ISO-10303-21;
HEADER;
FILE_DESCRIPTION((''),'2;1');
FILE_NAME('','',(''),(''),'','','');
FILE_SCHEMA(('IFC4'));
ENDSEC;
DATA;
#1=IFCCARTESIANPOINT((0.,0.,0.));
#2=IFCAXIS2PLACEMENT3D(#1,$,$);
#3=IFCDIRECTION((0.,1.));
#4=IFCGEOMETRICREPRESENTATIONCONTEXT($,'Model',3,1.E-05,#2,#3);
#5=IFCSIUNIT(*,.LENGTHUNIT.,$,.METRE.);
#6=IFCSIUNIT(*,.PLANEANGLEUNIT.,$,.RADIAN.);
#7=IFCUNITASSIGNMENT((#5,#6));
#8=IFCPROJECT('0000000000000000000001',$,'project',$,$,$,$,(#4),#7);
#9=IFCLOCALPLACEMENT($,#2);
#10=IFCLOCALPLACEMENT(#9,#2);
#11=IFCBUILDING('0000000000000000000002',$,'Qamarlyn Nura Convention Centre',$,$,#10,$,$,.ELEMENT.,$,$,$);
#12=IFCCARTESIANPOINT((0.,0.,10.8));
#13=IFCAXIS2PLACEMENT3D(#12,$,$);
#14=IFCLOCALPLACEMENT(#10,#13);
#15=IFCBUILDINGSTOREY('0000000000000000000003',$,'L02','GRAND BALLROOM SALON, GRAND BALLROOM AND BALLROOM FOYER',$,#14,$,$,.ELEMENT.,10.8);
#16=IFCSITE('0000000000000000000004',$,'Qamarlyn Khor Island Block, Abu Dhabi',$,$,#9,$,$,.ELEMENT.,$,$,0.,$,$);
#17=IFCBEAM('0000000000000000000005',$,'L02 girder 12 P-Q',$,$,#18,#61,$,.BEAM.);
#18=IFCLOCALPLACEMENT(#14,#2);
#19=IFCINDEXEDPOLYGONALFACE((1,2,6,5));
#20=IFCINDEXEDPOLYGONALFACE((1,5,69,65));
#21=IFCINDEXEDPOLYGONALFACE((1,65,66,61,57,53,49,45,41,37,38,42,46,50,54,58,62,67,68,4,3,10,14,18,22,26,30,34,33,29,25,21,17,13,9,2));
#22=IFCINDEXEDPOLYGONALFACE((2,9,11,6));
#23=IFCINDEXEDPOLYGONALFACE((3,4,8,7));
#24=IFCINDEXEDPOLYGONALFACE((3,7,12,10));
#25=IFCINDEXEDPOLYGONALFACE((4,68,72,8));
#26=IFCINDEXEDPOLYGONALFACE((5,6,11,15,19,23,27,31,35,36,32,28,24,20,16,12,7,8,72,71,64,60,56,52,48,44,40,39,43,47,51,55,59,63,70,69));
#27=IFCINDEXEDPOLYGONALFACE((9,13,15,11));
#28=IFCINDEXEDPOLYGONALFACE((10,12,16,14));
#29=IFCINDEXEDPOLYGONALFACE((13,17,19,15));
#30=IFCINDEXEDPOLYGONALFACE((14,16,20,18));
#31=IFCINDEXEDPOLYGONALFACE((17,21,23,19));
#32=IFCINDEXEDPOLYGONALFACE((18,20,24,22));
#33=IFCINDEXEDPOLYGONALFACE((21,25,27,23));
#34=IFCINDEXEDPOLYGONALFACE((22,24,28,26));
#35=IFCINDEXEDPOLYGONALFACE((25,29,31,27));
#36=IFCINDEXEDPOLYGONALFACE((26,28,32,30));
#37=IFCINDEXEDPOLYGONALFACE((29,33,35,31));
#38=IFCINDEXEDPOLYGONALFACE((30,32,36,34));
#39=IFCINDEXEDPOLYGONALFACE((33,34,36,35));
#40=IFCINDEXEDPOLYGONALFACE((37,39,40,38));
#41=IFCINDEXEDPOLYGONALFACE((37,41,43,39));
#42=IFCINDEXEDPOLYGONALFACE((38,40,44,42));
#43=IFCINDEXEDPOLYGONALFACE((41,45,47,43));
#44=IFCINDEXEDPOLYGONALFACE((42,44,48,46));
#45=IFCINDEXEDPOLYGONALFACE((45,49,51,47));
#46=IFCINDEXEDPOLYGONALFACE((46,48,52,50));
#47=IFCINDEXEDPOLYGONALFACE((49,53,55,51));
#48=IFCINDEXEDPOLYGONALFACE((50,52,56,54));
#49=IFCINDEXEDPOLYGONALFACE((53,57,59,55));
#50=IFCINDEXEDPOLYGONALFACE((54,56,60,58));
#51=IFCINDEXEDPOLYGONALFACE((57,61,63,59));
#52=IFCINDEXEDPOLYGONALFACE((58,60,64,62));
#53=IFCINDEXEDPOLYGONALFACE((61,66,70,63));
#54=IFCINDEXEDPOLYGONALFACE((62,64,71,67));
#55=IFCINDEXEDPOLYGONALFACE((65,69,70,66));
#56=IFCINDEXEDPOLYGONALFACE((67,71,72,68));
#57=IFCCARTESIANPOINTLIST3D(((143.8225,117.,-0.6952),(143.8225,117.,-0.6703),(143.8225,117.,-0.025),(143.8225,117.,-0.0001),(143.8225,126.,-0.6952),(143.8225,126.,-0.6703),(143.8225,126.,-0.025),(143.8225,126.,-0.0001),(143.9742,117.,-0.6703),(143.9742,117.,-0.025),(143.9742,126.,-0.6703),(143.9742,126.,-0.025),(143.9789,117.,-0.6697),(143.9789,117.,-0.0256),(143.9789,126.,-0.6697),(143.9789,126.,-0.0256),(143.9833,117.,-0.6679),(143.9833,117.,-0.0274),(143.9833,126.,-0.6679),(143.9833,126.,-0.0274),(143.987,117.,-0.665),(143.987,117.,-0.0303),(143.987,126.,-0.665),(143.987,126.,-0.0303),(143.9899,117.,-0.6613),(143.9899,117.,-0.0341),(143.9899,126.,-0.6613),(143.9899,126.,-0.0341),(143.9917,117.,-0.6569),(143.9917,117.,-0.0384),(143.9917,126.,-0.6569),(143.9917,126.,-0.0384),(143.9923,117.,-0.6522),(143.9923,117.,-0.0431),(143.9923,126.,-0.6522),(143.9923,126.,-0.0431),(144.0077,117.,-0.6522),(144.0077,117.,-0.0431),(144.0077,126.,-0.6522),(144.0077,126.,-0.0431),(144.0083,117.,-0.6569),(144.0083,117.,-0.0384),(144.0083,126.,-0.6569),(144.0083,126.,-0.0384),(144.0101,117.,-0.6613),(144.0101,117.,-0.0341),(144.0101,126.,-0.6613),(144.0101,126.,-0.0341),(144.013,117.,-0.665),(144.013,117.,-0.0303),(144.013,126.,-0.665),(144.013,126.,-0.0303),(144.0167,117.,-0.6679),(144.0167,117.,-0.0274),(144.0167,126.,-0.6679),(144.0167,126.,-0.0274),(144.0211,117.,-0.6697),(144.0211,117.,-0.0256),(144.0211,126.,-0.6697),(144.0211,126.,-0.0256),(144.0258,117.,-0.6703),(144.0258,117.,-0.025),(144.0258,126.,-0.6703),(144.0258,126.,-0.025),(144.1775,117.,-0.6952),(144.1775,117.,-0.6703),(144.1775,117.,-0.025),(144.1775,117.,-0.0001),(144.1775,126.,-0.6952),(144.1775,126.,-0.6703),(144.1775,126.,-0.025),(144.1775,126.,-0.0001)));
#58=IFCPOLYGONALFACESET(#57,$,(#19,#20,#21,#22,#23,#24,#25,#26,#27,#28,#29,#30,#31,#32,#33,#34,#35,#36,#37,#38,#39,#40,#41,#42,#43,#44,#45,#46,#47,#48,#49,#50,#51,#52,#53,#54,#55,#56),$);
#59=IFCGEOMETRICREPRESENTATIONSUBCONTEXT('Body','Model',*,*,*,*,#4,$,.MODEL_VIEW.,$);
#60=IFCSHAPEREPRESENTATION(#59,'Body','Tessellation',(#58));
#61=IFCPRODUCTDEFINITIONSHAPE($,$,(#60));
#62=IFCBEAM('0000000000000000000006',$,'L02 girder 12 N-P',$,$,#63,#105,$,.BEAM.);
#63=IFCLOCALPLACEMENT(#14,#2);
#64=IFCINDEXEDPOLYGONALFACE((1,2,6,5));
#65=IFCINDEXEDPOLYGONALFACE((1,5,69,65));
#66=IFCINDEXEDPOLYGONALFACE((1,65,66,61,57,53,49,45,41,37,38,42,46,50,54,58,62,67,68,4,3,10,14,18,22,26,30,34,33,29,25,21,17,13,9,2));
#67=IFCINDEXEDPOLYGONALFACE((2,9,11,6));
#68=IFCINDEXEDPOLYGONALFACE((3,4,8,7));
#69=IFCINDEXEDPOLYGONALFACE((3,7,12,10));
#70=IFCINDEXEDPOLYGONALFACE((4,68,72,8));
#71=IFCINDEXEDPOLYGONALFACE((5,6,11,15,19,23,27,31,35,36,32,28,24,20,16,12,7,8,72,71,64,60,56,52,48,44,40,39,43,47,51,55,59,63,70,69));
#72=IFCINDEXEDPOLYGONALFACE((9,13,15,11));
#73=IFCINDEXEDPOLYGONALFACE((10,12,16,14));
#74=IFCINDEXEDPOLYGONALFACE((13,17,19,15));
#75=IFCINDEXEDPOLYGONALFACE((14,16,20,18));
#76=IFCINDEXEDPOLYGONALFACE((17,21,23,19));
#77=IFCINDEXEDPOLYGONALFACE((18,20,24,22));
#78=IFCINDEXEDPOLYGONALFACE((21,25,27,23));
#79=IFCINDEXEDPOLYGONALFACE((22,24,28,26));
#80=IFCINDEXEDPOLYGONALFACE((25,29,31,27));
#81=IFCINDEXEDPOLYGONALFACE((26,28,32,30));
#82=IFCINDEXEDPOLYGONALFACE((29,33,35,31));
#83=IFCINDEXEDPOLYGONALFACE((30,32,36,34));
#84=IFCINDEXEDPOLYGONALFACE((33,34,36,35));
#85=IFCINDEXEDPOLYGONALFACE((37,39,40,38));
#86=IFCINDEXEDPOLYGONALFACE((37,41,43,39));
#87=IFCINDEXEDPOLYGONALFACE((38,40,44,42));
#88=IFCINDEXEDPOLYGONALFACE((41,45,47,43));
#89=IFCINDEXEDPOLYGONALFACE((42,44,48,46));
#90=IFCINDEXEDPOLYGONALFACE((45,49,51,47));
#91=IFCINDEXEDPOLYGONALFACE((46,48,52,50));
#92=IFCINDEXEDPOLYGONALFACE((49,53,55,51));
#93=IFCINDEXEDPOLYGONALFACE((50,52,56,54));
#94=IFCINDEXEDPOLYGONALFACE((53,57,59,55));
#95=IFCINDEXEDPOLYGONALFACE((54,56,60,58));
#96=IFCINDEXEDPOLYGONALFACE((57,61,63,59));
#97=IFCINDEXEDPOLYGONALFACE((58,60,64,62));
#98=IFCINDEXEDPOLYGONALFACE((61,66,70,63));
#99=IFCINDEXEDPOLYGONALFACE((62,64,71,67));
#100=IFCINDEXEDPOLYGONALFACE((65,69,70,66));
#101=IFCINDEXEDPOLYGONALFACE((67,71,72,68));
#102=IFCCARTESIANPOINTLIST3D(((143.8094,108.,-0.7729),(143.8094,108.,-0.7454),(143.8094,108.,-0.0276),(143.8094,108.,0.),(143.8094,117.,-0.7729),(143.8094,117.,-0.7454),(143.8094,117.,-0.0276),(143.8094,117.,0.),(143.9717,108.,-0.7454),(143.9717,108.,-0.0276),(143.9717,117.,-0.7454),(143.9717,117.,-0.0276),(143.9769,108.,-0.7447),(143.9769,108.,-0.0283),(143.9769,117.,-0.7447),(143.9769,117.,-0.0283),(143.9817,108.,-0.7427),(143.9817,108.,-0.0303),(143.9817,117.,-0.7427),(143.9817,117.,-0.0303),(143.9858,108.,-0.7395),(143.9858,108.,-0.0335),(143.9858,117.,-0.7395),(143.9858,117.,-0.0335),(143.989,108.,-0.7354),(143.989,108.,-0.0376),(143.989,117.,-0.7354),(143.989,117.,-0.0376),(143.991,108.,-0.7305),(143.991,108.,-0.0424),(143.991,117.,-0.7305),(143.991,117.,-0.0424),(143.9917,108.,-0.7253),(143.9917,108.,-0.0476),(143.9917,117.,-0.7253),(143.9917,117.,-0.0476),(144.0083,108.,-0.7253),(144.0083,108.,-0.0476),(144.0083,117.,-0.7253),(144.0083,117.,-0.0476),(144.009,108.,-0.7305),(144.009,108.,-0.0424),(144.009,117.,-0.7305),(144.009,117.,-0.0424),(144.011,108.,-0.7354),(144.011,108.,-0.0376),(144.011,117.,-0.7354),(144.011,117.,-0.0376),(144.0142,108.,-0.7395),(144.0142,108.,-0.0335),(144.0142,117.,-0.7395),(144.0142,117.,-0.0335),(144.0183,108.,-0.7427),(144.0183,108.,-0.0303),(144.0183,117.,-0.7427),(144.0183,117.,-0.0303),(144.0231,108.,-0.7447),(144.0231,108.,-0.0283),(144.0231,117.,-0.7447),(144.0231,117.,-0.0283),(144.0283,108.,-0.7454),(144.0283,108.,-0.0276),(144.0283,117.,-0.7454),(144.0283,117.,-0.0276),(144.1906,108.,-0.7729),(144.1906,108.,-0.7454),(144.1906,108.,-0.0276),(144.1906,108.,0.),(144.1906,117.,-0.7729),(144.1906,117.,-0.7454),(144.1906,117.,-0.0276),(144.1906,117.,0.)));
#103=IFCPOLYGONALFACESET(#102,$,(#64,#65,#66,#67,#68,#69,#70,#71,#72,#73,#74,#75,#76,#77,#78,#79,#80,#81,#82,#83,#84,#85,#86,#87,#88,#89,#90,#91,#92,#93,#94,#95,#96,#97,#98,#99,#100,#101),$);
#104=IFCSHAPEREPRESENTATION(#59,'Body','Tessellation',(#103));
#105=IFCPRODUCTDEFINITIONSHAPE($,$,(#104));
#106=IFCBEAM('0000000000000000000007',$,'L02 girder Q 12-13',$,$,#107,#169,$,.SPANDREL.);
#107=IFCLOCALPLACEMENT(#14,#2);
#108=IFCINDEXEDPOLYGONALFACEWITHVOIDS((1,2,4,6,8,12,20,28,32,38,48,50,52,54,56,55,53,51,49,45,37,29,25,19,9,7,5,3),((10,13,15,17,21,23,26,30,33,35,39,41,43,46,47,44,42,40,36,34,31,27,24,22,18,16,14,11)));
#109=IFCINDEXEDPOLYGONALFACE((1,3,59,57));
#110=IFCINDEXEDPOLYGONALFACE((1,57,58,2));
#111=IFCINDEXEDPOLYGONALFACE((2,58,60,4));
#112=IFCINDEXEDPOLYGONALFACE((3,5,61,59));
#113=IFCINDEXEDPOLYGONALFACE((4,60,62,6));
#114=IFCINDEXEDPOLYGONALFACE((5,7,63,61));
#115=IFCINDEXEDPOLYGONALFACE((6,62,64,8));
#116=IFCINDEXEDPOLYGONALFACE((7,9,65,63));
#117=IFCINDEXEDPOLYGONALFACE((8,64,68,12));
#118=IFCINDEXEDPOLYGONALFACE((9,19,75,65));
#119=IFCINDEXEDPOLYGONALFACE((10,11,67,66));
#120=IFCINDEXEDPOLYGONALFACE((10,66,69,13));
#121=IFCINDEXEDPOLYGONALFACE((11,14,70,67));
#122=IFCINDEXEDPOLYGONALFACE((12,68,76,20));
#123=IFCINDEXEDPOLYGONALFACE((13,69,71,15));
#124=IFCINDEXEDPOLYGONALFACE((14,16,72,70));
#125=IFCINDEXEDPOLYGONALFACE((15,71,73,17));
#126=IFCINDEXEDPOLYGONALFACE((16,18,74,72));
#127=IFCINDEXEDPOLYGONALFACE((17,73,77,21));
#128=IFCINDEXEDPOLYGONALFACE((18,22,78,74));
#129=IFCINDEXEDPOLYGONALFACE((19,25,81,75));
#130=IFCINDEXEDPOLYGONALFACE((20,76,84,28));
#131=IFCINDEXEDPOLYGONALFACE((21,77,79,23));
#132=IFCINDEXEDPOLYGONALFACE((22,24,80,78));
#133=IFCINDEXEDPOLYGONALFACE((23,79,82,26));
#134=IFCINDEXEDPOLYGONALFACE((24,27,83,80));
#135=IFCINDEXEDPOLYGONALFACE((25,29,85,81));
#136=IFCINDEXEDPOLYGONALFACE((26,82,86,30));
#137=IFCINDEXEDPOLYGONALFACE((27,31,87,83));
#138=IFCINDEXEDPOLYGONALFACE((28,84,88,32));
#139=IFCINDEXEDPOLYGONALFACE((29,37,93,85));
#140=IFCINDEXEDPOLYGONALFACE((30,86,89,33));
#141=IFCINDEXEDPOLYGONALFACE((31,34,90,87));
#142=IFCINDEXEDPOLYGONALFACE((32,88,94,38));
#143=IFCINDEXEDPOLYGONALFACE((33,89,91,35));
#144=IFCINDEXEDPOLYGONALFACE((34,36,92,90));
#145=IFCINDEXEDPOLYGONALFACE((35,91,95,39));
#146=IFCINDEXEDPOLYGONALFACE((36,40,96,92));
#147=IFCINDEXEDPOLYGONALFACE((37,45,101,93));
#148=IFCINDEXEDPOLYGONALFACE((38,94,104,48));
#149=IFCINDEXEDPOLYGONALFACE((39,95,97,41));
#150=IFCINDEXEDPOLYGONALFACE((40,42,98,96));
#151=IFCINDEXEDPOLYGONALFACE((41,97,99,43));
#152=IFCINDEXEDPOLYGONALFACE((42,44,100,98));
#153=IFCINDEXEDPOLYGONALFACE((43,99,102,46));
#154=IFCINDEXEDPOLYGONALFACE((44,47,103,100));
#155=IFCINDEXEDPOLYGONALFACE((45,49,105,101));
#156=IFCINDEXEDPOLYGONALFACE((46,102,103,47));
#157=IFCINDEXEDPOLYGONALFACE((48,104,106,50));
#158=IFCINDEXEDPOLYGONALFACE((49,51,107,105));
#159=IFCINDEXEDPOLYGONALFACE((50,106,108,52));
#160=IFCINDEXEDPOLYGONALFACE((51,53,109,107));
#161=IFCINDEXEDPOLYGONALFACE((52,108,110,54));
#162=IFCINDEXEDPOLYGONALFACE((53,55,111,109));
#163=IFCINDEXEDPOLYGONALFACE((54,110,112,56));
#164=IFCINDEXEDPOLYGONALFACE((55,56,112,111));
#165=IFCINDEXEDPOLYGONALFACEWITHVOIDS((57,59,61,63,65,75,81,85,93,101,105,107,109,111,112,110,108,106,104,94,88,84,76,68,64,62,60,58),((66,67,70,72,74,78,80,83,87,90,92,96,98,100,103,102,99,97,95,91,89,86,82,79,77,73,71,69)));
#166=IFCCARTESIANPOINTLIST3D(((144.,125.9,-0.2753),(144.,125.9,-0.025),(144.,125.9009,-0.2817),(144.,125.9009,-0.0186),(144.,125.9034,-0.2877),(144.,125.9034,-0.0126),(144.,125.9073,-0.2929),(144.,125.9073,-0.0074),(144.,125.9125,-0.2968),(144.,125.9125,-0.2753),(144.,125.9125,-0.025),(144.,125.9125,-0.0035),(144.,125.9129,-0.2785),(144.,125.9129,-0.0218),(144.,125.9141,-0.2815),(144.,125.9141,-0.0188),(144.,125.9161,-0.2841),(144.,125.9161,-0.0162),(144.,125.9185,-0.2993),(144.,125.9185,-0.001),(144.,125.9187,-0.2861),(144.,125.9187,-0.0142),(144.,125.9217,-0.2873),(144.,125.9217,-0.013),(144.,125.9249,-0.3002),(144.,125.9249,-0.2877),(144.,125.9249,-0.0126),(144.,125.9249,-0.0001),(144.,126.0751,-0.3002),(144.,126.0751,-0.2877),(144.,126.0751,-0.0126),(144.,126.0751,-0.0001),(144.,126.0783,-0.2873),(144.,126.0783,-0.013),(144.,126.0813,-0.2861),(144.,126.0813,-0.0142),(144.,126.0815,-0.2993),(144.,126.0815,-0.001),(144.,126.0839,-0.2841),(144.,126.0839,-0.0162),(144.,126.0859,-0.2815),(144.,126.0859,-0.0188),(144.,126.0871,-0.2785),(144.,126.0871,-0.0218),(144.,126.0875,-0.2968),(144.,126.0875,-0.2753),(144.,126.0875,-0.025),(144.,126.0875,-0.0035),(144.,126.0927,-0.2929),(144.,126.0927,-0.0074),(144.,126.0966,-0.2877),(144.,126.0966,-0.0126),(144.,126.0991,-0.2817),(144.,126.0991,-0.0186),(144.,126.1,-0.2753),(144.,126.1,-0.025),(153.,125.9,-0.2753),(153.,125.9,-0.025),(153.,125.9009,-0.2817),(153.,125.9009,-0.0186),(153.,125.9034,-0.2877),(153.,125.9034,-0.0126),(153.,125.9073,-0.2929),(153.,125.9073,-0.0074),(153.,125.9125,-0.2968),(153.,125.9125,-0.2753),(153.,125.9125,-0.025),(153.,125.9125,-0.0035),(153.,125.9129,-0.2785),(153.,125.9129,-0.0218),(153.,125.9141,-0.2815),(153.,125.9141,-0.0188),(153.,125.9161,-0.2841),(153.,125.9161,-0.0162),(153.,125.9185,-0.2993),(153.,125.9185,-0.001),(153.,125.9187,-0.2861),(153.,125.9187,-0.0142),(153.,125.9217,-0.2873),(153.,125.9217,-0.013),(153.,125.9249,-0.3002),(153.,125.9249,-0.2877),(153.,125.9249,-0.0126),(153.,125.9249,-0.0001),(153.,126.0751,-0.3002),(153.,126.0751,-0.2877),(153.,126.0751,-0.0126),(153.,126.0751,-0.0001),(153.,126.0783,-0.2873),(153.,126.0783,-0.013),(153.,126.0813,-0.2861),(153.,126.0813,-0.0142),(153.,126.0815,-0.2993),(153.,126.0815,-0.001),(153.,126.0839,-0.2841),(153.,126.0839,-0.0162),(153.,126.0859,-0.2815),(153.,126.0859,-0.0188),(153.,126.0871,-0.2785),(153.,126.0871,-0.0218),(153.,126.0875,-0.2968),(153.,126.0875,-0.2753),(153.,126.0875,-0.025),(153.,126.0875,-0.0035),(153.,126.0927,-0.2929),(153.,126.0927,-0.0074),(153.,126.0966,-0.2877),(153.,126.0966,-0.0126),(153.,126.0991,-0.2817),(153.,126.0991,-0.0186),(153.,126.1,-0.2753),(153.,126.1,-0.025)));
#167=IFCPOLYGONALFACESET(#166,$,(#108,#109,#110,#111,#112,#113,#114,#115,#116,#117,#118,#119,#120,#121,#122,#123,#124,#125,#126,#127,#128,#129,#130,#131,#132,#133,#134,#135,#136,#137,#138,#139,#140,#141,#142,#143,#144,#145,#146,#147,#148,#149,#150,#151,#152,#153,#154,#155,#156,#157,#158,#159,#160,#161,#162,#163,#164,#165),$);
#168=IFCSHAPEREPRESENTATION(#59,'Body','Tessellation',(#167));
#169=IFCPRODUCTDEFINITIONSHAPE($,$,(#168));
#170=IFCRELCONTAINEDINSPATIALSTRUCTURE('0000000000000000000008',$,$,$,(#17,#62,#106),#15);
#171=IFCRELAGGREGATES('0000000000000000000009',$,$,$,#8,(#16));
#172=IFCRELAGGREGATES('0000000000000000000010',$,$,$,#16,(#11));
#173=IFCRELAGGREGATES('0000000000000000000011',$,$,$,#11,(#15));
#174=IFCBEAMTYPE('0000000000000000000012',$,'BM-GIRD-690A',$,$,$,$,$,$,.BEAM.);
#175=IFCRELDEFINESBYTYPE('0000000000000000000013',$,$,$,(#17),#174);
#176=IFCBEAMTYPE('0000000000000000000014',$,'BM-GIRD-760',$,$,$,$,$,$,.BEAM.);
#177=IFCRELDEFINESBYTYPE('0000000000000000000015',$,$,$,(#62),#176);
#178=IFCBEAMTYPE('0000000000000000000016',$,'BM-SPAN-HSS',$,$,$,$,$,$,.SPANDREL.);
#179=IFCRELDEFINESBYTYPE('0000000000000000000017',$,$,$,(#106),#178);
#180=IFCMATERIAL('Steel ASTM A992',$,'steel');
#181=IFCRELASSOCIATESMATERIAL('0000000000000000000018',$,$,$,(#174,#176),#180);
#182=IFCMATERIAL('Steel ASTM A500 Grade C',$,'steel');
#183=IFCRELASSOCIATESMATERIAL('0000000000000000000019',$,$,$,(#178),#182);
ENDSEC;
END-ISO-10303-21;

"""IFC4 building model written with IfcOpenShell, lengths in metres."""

from ifc_helpers import new_model, si_unit, direction, frame, origin, origin_2d, place, context, subcontext, project, spatial, hollow_rectangle, i_section, extrude, material, material_profile, profile_set, type_object, element, save


model = new_model("IFC4")

# Units and contexts
model_context = context("Model", 3, precision=1e-05, world=origin(), true_north=direction((0.0, 1.0)))
body_context = subcontext(model_context, "Body", "Model", "MODEL_VIEW")
ifc_project = project(units=[si_unit("LENGTHUNIT", "METRE"), si_unit("PLANEANGLEUNIT", "RADIAN")], contexts=[model_context])

# Site, building, storey
site_placement = place(None, origin())
site = spatial("IfcSite", under=ifc_project, at=site_placement, Name="Qamarlyn Khor Island Block, Abu Dhabi", CompositionType="ELEMENT", RefElevation=0.0)
building_placement = place(site_placement, origin())
building = spatial("IfcBuilding", under=site, at=building_placement, Name="Qamarlyn Nura Convention Centre", CompositionType="ELEMENT")
storey_placement = place(building_placement, frame((0.0, 0.0, 10.8)))
storey = spatial("IfcBuildingStorey", under=building, at=storey_placement, Name="L02", Description="GRAND BALLROOM SALON, GRAND BALLROOM AND BALLROOM FOYER", CompositionType="ELEMENT", Elevation=10.8)

# Shared definitions
ifc_material_1 = material(Name="Steel ASTM A500 Grade C", Category="steel")
ifc_material_2 = material(Name="Steel ASTM A992", Category="steel")

# Beams
ifc_material_profile_1 = material_profile(ifc_material_2, i_section(OverallWidth=0.355, OverallDepth=0.6951, WebThickness=0.0154, FlangeThickness=0.0249, FilletRadius=0.0181, at=origin_2d()), Name="W690X217")
ifc_profile_set_1 = profile_set([ifc_material_profile_1], Name="Steel ASTM A992")
beam_type_1 = type_object("IfcBeamType", Name="BM-GIRD-690A", PredefinedType="BEAM", material=ifc_profile_set_1)
beam_1_placement = place(storey_placement, frame((144.0, 117.0, -0.3477), z_axis=(0.0, 1.0, 0.0), x_axis=(-1.0, 0.0, 0.0)))
element("IfcBeam", 1, at=beam_1_placement, inside=storey, type_object=beam_type_1, Name="L02 girder 12 P-Q", PredefinedType="BEAM", context=body_context, shape_type="SweptSolid", body=[
    extrude(i_section(OverallWidth=0.355, OverallDepth=0.6951, WebThickness=0.0154, FlangeThickness=0.0249, FilletRadius=0.0181, at=origin_2d()), origin(), (0.0, 0.0, 1.0), 9.0),
])
ifc_material_profile_2 = material_profile(ifc_material_2, i_section(OverallWidth=0.3811, OverallDepth=0.7729, WebThickness=0.0166, FlangeThickness=0.0276, FilletRadius=0.02, at=origin_2d()), Name="W760X257")
ifc_profile_set_2 = profile_set([ifc_material_profile_2], Name="Steel ASTM A992")
beam_type_2 = type_object("IfcBeamType", Name="BM-GIRD-760", PredefinedType="BEAM", material=ifc_profile_set_2)
beam_2_placement = place(storey_placement, frame((144.0, 108.0, -0.3865), z_axis=(0.0, 1.0, 0.0), x_axis=(-1.0, 0.0, 0.0)))
element("IfcBeam", 2, at=beam_2_placement, inside=storey, type_object=beam_type_2, Name="L02 girder 12 N-P", PredefinedType="BEAM", context=body_context, shape_type="SweptSolid", body=[
    extrude(i_section(OverallWidth=0.3811, OverallDepth=0.7729, WebThickness=0.0166, FlangeThickness=0.0276, FilletRadius=0.02, at=origin_2d()), origin(), (0.0, 0.0, 1.0), 9.0),
])
ifc_material_profile_3 = material_profile(ifc_material_1, hollow_rectangle(XDim=0.2, YDim=0.3, WallThickness=0.0125, InnerFilletRadius=0.0125, OuterFilletRadius=0.0249, at=origin_2d()), Name="HSS300X200X12.5")
ifc_profile_set_3 = profile_set([ifc_material_profile_3], Name="Steel ASTM A500 Grade C")
beam_type_3 = type_object("IfcBeamType", Name="BM-SPAN-HSS", PredefinedType="SPANDREL", material=ifc_profile_set_3)
beam_3_placement = place(storey_placement, frame((144.0, 126.0, -0.1501), z_axis=(1.0, 0.0, 0.0), x_axis=(0.0, 1.0, 0.0)))
element("IfcBeam", 3, at=beam_3_placement, inside=storey, type_object=beam_type_3, Name="L02 girder Q 12-13", PredefinedType="SPANDREL", context=body_context, shape_type="SweptSolid", body=[
    extrude(hollow_rectangle(XDim=0.2, YDim=0.3, WallThickness=0.0125, InnerFilletRadius=0.0125, OuterFilletRadius=0.0249, at=origin_2d()), origin(), (0.0, 0.0, 1.0), 9.0),
])

save(model, "model.ifc")
